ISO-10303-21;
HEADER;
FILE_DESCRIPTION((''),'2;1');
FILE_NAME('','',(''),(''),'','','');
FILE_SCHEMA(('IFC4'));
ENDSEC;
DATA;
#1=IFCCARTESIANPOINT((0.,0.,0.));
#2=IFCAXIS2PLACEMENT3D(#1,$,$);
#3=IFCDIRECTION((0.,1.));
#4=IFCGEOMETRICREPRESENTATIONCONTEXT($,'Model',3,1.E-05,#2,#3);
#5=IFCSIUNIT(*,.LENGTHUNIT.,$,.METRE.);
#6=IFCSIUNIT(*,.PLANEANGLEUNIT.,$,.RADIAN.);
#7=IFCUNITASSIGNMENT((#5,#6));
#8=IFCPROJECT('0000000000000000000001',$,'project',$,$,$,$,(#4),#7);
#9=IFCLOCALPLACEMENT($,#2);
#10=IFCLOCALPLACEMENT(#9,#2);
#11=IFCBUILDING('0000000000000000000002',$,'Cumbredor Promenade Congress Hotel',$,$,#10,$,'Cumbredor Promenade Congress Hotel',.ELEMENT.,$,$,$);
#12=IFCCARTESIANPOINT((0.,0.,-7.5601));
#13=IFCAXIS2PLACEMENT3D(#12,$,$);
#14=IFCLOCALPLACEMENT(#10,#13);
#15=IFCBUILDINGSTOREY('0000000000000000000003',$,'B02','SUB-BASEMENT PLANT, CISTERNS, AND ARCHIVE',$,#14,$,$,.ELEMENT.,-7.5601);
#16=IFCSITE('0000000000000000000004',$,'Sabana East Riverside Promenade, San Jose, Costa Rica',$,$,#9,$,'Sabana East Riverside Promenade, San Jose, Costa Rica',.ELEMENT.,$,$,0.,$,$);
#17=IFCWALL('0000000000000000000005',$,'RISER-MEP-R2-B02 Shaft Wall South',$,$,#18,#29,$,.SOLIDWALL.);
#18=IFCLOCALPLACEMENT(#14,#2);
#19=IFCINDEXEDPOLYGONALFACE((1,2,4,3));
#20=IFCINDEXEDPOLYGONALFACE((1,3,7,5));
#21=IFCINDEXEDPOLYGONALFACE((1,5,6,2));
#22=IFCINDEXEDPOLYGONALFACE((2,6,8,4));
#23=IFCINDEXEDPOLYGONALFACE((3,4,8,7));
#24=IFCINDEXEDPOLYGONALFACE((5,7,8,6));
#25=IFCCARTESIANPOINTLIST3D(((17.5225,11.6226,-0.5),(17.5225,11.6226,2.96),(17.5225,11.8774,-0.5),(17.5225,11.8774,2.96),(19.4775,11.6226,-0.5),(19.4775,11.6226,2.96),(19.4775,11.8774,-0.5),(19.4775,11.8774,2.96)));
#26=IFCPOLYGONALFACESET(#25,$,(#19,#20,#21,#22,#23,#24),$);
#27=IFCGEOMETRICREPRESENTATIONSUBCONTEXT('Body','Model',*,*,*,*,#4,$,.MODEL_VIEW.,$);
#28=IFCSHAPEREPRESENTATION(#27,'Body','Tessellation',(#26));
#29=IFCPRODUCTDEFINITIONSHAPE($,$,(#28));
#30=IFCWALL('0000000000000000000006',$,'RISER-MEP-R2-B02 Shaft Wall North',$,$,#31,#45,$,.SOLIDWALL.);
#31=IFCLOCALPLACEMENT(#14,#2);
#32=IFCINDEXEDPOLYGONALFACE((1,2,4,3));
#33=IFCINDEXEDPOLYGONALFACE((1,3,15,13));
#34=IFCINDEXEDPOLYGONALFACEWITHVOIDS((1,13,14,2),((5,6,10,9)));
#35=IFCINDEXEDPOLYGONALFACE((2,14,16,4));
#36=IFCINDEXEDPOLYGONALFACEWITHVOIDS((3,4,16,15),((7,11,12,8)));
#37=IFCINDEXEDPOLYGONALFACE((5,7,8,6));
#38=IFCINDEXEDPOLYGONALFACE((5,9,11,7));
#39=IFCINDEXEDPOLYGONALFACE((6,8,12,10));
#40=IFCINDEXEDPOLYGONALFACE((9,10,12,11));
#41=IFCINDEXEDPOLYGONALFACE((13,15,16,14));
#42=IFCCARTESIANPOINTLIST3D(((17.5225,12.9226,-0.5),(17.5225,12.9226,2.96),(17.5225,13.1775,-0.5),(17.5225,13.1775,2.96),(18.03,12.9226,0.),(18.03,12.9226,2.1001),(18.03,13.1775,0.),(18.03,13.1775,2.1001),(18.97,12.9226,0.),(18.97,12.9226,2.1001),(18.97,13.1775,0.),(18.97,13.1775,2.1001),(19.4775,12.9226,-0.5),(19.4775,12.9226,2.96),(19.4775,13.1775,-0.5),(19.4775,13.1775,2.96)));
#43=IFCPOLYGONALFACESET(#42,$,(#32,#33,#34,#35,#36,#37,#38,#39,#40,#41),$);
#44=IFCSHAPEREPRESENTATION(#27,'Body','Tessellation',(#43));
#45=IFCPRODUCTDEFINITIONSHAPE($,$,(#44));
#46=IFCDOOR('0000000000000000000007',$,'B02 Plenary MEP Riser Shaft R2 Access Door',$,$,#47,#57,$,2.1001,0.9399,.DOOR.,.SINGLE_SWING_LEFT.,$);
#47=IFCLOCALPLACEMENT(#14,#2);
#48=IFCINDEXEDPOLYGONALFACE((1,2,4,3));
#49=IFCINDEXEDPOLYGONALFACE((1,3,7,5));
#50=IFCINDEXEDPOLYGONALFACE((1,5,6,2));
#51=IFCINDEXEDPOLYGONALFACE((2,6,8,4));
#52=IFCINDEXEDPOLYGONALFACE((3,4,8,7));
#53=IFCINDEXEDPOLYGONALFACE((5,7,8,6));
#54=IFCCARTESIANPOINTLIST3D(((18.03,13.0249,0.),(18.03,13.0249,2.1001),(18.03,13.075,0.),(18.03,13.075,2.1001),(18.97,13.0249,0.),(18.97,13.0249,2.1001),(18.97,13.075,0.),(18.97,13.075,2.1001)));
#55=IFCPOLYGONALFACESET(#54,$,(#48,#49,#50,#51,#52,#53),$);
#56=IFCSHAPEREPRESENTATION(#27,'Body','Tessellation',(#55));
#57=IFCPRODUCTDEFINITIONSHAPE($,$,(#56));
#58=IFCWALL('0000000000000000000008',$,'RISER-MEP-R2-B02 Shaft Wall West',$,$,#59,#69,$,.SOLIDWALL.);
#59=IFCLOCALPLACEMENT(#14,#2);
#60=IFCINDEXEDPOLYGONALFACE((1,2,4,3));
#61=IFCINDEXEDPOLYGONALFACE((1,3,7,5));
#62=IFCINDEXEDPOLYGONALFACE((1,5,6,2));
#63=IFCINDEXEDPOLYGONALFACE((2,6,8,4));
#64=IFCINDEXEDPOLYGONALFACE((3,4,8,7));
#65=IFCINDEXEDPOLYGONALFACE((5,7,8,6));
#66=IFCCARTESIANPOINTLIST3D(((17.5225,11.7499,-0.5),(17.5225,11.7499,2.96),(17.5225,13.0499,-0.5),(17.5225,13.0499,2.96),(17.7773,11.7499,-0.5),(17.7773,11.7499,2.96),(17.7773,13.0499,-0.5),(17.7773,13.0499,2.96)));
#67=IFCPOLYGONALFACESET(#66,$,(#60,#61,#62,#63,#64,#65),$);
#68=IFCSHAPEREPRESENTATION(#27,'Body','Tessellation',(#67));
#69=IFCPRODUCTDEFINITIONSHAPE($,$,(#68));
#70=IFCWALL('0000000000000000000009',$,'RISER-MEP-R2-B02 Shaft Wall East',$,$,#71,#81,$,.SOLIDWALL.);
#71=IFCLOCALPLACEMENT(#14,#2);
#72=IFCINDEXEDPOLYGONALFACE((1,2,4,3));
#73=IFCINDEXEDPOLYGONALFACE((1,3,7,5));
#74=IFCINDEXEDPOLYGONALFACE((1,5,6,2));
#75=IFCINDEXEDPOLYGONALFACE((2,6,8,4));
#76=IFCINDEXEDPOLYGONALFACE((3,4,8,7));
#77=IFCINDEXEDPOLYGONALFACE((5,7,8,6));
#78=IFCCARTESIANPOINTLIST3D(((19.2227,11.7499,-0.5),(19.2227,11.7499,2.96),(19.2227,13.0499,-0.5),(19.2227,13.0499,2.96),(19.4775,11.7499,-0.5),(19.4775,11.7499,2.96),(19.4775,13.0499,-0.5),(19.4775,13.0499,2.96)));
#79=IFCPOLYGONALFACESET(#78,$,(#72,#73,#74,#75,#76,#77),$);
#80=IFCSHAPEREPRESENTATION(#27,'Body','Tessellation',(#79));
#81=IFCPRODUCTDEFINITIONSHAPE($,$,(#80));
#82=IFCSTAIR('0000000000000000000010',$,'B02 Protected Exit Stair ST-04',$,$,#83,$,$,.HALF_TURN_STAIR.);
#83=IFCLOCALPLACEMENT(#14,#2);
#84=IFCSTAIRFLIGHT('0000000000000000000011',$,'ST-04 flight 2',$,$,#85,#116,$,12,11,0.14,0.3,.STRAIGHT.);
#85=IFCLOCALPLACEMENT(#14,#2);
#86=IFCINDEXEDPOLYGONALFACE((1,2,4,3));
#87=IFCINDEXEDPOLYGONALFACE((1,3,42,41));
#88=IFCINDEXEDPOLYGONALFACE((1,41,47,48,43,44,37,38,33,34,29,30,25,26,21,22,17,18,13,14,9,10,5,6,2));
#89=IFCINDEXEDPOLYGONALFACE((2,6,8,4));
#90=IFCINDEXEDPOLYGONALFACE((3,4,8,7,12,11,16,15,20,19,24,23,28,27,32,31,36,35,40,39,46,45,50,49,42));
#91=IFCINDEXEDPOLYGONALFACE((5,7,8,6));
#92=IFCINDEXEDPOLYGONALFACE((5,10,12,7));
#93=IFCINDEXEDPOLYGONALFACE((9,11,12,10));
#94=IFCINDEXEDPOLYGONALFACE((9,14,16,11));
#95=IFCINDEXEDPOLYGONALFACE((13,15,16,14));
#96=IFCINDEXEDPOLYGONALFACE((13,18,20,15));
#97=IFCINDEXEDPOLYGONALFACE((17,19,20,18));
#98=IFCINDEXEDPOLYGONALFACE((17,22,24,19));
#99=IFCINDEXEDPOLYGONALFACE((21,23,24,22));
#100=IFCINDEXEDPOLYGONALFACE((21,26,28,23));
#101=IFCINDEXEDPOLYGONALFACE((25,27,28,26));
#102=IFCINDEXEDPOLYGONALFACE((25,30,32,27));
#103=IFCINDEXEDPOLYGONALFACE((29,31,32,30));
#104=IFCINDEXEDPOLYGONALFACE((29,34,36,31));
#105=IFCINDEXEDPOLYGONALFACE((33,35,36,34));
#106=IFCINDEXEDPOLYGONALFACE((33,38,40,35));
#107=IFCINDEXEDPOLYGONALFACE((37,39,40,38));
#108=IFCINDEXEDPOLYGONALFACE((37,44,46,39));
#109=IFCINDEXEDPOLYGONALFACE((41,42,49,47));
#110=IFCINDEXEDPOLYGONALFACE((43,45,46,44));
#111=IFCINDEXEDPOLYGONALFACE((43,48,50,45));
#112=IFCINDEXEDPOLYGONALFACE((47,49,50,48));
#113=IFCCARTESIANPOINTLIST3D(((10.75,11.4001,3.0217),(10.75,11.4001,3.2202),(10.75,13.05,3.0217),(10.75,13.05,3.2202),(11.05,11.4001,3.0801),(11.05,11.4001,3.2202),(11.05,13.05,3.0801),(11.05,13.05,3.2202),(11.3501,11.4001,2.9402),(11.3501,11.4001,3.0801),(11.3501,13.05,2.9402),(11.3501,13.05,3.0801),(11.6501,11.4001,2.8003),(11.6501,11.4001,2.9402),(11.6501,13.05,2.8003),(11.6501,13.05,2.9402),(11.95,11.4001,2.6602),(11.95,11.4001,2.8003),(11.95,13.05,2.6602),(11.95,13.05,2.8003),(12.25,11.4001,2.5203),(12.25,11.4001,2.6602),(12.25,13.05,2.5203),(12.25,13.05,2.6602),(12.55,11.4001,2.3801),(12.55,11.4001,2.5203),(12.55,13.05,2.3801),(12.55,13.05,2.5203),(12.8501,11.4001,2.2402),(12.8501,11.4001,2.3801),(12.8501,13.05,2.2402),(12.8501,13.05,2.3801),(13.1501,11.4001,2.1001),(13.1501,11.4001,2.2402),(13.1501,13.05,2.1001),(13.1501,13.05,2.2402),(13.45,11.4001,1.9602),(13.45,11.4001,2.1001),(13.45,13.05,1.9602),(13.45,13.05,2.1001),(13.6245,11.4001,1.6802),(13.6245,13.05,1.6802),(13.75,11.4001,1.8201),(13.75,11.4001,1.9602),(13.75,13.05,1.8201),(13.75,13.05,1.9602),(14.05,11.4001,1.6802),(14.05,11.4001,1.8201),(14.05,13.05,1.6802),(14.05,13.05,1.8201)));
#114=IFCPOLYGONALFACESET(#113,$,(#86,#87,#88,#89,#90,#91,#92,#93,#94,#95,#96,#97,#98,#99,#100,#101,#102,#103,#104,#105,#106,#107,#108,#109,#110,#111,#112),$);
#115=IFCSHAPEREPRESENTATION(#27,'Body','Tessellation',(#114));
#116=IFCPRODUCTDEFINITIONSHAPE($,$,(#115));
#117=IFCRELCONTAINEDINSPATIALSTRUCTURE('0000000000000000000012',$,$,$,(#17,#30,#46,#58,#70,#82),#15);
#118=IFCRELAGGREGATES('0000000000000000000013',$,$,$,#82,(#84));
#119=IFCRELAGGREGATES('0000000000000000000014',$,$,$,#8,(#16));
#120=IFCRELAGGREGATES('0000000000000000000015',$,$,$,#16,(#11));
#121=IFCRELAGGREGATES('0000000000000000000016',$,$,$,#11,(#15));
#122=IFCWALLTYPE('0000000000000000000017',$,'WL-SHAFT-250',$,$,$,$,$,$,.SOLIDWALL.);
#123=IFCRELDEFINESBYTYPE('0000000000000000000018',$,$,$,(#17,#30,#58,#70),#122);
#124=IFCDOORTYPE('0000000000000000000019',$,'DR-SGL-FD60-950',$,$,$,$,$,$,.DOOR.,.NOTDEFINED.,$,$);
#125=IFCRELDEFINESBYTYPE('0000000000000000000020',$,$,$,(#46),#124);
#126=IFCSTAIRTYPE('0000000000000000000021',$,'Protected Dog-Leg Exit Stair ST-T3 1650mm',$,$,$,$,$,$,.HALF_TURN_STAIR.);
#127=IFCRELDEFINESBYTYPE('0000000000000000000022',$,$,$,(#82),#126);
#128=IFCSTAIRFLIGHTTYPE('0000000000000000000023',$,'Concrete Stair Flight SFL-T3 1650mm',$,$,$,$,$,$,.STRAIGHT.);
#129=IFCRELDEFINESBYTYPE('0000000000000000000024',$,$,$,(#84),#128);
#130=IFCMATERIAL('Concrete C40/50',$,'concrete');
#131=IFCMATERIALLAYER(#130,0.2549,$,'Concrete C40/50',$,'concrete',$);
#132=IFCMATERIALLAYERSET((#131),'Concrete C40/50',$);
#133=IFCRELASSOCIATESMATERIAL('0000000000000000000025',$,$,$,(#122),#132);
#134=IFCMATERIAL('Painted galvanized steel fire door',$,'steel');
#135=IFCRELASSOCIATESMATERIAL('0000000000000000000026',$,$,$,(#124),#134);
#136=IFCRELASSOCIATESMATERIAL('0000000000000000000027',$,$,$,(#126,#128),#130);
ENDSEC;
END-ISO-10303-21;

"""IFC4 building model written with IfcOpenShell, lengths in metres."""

from ifc_helpers import new_model, si_unit, direction, frame, frame_2d, origin, place, context, subcontext, project, spatial, polyline, rectangle, outline, extrude, material, layer, layer_set, type_object, element, fill, aggregate, save


model = new_model("IFC4")

# Units and contexts
model_context = context("Model", 3, precision=1e-05, world=origin(), true_north=direction((0.0, 1.0)))
body_context = subcontext(model_context, "Body", "Model", "MODEL_VIEW")
ifc_project = project(units=[si_unit("LENGTHUNIT", "METRE"), si_unit("PLANEANGLEUNIT", "RADIAN")], contexts=[model_context])

# Site, building, storey
site_placement = place(None, origin())
site = spatial("IfcSite", under=ifc_project, at=site_placement, Name="Sabana East Riverside Promenade, San Jose, Costa Rica", LongName="Sabana East Riverside Promenade, San Jose, Costa Rica", CompositionType="ELEMENT", RefElevation=0.0)
building_placement = place(site_placement, origin())
building = spatial("IfcBuilding", under=site, at=building_placement, Name="Cumbredor Promenade Congress Hotel", LongName="Cumbredor Promenade Congress Hotel", CompositionType="ELEMENT")
storey_placement = place(building_placement, frame((0.0, 0.0, -7.5601)))
storey = spatial("IfcBuildingStorey", under=building, at=storey_placement, Name="B02", Description="SUB-BASEMENT PLANT, CISTERNS, AND ARCHIVE", CompositionType="ELEMENT", Elevation=-7.5601)

# Shared definitions
ifc_material_1 = material(Name="Concrete C40/50", Category="concrete")

# Shared definitions
ifc_layer = layer(ifc_material_1, 0.2549, Name="Concrete C40/50", Category="concrete")
ifc_layer_set = layer_set([ifc_layer], Name="Concrete C40/50")
wall_type = type_object("IfcWallType", Name="WL-SHAFT-250", PredefinedType="SOLIDWALL", material=ifc_layer_set)
ifc_material_2 = material(Name="Painted galvanized steel fire door", Category="steel")

# Wall
wall_1_placement = place(storey_placement, frame((17.5225, 11.75, -0.5), z_axis=(0.0, 0.0, 1.0), x_axis=(1.0, 0.0, 0.0)))
element("IfcWall", 1, at=wall_1_placement, inside=storey, type_object=wall_type, Name="RISER-MEP-R2-B02 Shaft Wall South", PredefinedType="SOLIDWALL", context=body_context, shape_type="SweptSolid", body=[
    extrude(rectangle(XDim=1.9551, YDim=0.2549, at=frame_2d((0.9775, 0.0))), origin(), (0.0, 0.0, 1.0), 3.46),
])

# Wall, opening, door
wall_2_placement = place(storey_placement, frame((17.5225, 13.05, -0.5), z_axis=(0.0, 0.0, 1.0), x_axis=(1.0, 0.0, 0.0)))
wall_2 = element("IfcWall", 2, at=wall_2_placement, inside=storey, type_object=wall_type, Name="RISER-MEP-R2-B02 Shaft Wall North", PredefinedType="SOLIDWALL", context=body_context, shape_type="SweptSolid", body=[
    extrude(rectangle(XDim=1.9551, YDim=0.2549, at=frame_2d((0.9775, 0.0))), origin(), (0.0, 0.0, 1.0), 3.46),
])
opening_1_placement = place(wall_2_placement, frame((0.5076, 0.0, 0.5)))
opening_1 = element("IfcOpeningElement", 3, at=opening_1_placement, cuts=wall_2, PredefinedType="OPENING", context=body_context, shape_type="SweptSolid", body=[
    extrude(rectangle(XDim=0.9399, YDim=2.1001, at=frame_2d((0.47, 1.05))), frame((0.0, 0.1375, 0.0), z_axis=(0.0, -1.0, 0.0), x_axis=(1.0, 0.0, 0.0)), (0.0, 0.0, 1.0), 0.2749),
])
door_type_1 = type_object("IfcDoorType", Name="DR-SGL-FD60-950", OperationType="NOTDEFINED", PredefinedType="DOOR", material=ifc_material_2)
door_1_placement = place(opening_1_placement, origin())
door_1 = element("IfcDoor", 4, at=door_1_placement, inside=storey, type_object=door_type_1, Name="B02 Plenary MEP Riser Shaft R2 Access Door", OperationType="SINGLE_SWING_LEFT", OverallHeight=2.1001, OverallWidth=0.9399, PredefinedType="DOOR", context=body_context, shape_type="SweptSolid", body=[
    extrude(rectangle(XDim=0.9399, YDim=2.1001, at=frame_2d((0.47, 1.05))), frame((0.0, 0.0249, 0.0), z_axis=(0.0, -1.0, 0.0), x_axis=(1.0, 0.0, 0.0)), (0.0, 0.0, 1.0), 0.05),
])
fill(opening_1, door_1)

# Walls
for number, where, z_axis, x_axis, name in (
    (5, (17.6499, 11.75, -0.5), (0.0, 0.0, 1.0), (0.0, 1.0, 0.0), "RISER-MEP-R2-B02 Shaft Wall West"),
    (6, (19.3501, 11.75, -0.5), (0.0, 0.0, 1.0), (0.0, 1.0, 0.0), "RISER-MEP-R2-B02 Shaft Wall East"),
):
    element("IfcWall", number, at=place(storey_placement, frame(where, z_axis=z_axis, x_axis=x_axis)), inside=storey, type_object=wall_type, Name=name, PredefinedType="SOLIDWALL", context=body_context, shape_type="SweptSolid", body=[
        extrude(rectangle(XDim=1.3, YDim=0.2549, at=frame_2d((0.6499, 0.0))), origin(), (0.0, 0.0, 1.0), 3.46),
    ])

# Stair, stair flight
stair_type = type_object("IfcStairType", Name="Protected Dog-Leg Exit Stair ST-T3 1650mm", PredefinedType="HALF_TURN_STAIR", material=ifc_material_1)
stair_placement = place(storey_placement, origin())
stair = element("IfcStair", 7, at=stair_placement, inside=storey, type_object=stair_type, Name="B02 Protected Exit Stair ST-04", PredefinedType="HALF_TURN_STAIR")
stair_flight_type = type_object("IfcStairFlightType", Name="Concrete Stair Flight SFL-T3 1650mm", PredefinedType="STRAIGHT", material=ifc_material_1)
stair_flight_placement = place(storey_placement, frame((14.05, 12.2251, 1.6802), z_axis=(0.0, 0.0, 1.0), x_axis=(-1.0, 0.0, 0.0)))
stair_flight = element("IfcStairFlight", 8, at=stair_flight_placement, type_object=stair_flight_type, Name="ST-04 flight 2", NumberOfRisers=12, NumberOfTreads=11, PredefinedType="STRAIGHT", RiserHeight=0.14, TreadLength=0.3, context=body_context, shape_type="SweptSolid", body=[
    extrude(outline(polyline([(0.0, 0.0), (0.0, 0.1399), (0.3, 0.1399), (0.3, 0.28), (0.6001, 0.28), (0.6001, 0.4199), (0.8999, 0.4199), (0.8999, 0.5601), (1.2, 0.5601), (1.2, 0.7), (1.5, 0.7), (1.5, 0.8401), (1.8, 0.8401), (1.8, 0.98), (2.1001, 0.98), (2.1001, 1.1201), (2.3999, 1.1201), (2.3999, 1.26), (2.7, 1.26), (2.7, 1.3999), (3.0, 1.3999), (3.0, 1.54), (3.3, 1.54), (3.3, 1.6799), (3.3, 1.3416), (0.4255, 0.0), (0.0, 0.0)])), frame((0.0, 0.825, 0.0), z_axis=(0.0, -1.0, 0.0), x_axis=(1.0, 0.0, 0.0)), (0.0, 0.0, 1.0), 1.6499),
])
aggregate(stair, [stair_flight])

save(model, "model.ifc")
